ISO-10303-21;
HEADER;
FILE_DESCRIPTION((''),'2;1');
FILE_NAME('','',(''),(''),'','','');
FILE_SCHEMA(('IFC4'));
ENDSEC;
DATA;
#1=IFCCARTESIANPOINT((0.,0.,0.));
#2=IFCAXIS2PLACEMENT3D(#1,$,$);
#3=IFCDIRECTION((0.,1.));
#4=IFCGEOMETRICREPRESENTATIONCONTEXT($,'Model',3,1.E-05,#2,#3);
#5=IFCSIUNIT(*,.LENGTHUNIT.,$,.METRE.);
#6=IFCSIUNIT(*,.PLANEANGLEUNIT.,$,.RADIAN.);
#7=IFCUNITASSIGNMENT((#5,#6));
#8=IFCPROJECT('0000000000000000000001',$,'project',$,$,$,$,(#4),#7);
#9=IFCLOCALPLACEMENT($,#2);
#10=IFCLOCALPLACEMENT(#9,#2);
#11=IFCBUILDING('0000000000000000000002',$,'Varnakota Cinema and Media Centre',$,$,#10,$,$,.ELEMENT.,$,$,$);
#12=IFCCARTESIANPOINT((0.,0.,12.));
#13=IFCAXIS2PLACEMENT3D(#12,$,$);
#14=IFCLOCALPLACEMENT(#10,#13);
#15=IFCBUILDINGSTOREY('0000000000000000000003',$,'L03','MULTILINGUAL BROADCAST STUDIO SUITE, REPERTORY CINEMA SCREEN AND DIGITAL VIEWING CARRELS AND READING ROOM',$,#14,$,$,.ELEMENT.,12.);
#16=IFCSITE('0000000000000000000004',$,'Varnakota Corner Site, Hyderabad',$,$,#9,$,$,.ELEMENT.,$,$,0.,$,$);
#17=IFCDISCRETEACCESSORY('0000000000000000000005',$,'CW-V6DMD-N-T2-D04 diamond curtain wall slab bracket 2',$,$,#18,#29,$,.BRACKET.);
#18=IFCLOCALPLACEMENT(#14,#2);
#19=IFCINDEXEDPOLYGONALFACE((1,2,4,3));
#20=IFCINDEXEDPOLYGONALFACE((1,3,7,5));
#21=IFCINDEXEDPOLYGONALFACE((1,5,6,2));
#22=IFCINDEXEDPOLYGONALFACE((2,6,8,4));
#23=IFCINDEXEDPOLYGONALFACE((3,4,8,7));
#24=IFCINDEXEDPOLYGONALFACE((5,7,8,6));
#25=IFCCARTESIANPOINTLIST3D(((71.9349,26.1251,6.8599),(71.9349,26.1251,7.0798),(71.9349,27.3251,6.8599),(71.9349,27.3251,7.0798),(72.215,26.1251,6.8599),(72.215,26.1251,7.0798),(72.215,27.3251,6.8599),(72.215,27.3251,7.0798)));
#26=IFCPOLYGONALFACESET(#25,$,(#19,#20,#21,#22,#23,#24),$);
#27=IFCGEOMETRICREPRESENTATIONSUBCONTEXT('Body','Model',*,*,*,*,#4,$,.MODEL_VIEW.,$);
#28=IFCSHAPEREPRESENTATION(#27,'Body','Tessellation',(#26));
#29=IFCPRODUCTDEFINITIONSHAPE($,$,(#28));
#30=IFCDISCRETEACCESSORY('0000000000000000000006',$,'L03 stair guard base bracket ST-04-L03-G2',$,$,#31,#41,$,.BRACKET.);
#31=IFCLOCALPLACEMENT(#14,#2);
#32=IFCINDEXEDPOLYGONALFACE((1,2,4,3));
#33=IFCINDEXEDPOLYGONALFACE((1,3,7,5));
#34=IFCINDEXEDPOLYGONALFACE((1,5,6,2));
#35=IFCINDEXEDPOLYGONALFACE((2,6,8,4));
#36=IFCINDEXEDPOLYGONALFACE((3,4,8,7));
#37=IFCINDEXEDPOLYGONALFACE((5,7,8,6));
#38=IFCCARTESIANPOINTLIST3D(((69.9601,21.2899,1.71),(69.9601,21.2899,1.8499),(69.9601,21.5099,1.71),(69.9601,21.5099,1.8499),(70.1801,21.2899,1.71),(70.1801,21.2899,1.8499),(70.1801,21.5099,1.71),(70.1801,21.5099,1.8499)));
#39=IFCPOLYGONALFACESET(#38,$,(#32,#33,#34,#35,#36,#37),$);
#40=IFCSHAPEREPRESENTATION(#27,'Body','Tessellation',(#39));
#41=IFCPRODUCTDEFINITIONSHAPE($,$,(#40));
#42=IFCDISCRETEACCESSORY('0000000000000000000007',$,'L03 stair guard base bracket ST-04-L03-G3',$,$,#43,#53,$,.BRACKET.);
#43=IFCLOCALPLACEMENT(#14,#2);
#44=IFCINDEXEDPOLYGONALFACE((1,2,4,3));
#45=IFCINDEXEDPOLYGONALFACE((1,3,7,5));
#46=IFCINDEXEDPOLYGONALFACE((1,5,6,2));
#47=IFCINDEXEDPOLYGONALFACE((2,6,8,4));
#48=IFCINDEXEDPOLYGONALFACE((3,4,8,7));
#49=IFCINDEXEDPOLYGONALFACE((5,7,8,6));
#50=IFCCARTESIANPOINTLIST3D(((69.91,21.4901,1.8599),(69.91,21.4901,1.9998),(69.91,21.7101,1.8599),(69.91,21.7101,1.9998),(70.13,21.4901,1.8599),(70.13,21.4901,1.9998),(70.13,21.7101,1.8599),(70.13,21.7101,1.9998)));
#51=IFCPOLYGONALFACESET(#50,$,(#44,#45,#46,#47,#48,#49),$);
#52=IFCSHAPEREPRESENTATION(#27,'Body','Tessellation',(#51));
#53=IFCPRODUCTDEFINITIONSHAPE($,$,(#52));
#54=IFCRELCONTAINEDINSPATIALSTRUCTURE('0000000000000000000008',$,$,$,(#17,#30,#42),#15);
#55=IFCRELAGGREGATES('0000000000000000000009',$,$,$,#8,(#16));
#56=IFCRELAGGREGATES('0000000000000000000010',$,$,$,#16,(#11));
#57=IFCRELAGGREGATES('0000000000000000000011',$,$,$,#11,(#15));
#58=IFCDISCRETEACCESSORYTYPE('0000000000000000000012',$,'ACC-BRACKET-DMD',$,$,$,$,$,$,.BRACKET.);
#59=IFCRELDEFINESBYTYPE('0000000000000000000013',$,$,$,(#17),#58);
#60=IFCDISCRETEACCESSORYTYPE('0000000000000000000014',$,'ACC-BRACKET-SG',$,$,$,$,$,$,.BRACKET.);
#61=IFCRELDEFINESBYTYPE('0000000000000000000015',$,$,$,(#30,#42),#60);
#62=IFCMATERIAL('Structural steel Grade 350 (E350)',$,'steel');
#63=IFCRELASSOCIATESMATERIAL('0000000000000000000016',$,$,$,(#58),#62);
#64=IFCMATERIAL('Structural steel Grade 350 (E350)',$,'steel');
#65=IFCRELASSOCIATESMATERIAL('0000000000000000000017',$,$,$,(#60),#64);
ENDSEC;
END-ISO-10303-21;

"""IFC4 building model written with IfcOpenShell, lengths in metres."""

from ifc_helpers import new_model, si_unit, direction, frame, origin, origin_2d, place, context, subcontext, project, spatial, rectangle, extrude, material, type_object, element, save


model = new_model("IFC4")

# Units and contexts
model_context = context("Model", 3, precision=1e-05, world=origin(), true_north=direction((0.0, 1.0)))
body_context = subcontext(model_context, "Body", "Model", "MODEL_VIEW")
ifc_project = project(units=[si_unit("LENGTHUNIT", "METRE"), si_unit("PLANEANGLEUNIT", "RADIAN")], contexts=[model_context])

# Site, building, storey
site_placement = place(None, origin())
site = spatial("IfcSite", under=ifc_project, at=site_placement, Name="Varnakota Corner Site, Hyderabad", CompositionType="ELEMENT", RefElevation=0.0)
building_placement = place(site_placement, origin())
building = spatial("IfcBuilding", under=site, at=building_placement, Name="Varnakota Cinema and Media Centre", CompositionType="ELEMENT")
storey_placement = place(building_placement, frame((0.0, 0.0, 12.0)))
storey = spatial("IfcBuildingStorey", under=building, at=storey_placement, Name="L03", Description="MULTILINGUAL BROADCAST STUDIO SUITE, REPERTORY CINEMA SCREEN AND DIGITAL VIEWING CARRELS AND READING ROOM", CompositionType="ELEMENT", Elevation=12.0)

# Discrete accessories
ifc_material_1 = material(Name="Structural steel Grade 350 (E350)", Category="steel")
discrete_accessory_type_1 = type_object("IfcDiscreteAccessoryType", Name="ACC-BRACKET-DMD", PredefinedType="BRACKET", material=ifc_material_1)
for number, where, z_axis, x_axis, name in (
    (1, (72.075, 26.7251, 6.8599), (0.0, 0.0, 1.0), (1.0, 0.0, 0.0), "CW-V6DMD-N-T2-D04 diamond curtain wall slab bracket 2"),
):
    element("IfcDiscreteAccessory", number, at=place(storey_placement, frame(where, z_axis=z_axis, x_axis=x_axis)), inside=storey, type_object=discrete_accessory_type_1, Name=name, PredefinedType="BRACKET", context=body_context, shape_type="SweptSolid", body=[
        extrude(rectangle(XDim=0.28, YDim=1.2, at=origin_2d()), origin(), (0.0, 0.0, 1.0), 0.22),
    ])
ifc_material_2 = material(Name="Structural steel Grade 350 (E350)", Category="steel")
discrete_accessory_type_2 = type_object("IfcDiscreteAccessoryType", Name="ACC-BRACKET-SG", PredefinedType="BRACKET", material=ifc_material_2)
for number, where, z_axis, x_axis, name in (
    (2, (70.0701, 21.3999, 1.71), (0.0, 0.0, 1.0), (1.0, 0.0, 0.0), "L03 stair guard base bracket ST-04-L03-G2"),
    (3, (70.02, 21.6001, 1.8599), (0.0, 0.0, 1.0), (1.0, 0.0, 0.0), "L03 stair guard base bracket ST-04-L03-G3"),
):
    element("IfcDiscreteAccessory", number, at=place(storey_placement, frame(where, z_axis=z_axis, x_axis=x_axis)), inside=storey, type_object=discrete_accessory_type_2, Name=name, PredefinedType="BRACKET", context=body_context, shape_type="SweptSolid", body=[
        extrude(rectangle(XDim=0.22, YDim=0.22, at=origin_2d()), origin(), (0.0, 0.0, 1.0), 0.1399),
    ])

save(model, "model.ifc")
